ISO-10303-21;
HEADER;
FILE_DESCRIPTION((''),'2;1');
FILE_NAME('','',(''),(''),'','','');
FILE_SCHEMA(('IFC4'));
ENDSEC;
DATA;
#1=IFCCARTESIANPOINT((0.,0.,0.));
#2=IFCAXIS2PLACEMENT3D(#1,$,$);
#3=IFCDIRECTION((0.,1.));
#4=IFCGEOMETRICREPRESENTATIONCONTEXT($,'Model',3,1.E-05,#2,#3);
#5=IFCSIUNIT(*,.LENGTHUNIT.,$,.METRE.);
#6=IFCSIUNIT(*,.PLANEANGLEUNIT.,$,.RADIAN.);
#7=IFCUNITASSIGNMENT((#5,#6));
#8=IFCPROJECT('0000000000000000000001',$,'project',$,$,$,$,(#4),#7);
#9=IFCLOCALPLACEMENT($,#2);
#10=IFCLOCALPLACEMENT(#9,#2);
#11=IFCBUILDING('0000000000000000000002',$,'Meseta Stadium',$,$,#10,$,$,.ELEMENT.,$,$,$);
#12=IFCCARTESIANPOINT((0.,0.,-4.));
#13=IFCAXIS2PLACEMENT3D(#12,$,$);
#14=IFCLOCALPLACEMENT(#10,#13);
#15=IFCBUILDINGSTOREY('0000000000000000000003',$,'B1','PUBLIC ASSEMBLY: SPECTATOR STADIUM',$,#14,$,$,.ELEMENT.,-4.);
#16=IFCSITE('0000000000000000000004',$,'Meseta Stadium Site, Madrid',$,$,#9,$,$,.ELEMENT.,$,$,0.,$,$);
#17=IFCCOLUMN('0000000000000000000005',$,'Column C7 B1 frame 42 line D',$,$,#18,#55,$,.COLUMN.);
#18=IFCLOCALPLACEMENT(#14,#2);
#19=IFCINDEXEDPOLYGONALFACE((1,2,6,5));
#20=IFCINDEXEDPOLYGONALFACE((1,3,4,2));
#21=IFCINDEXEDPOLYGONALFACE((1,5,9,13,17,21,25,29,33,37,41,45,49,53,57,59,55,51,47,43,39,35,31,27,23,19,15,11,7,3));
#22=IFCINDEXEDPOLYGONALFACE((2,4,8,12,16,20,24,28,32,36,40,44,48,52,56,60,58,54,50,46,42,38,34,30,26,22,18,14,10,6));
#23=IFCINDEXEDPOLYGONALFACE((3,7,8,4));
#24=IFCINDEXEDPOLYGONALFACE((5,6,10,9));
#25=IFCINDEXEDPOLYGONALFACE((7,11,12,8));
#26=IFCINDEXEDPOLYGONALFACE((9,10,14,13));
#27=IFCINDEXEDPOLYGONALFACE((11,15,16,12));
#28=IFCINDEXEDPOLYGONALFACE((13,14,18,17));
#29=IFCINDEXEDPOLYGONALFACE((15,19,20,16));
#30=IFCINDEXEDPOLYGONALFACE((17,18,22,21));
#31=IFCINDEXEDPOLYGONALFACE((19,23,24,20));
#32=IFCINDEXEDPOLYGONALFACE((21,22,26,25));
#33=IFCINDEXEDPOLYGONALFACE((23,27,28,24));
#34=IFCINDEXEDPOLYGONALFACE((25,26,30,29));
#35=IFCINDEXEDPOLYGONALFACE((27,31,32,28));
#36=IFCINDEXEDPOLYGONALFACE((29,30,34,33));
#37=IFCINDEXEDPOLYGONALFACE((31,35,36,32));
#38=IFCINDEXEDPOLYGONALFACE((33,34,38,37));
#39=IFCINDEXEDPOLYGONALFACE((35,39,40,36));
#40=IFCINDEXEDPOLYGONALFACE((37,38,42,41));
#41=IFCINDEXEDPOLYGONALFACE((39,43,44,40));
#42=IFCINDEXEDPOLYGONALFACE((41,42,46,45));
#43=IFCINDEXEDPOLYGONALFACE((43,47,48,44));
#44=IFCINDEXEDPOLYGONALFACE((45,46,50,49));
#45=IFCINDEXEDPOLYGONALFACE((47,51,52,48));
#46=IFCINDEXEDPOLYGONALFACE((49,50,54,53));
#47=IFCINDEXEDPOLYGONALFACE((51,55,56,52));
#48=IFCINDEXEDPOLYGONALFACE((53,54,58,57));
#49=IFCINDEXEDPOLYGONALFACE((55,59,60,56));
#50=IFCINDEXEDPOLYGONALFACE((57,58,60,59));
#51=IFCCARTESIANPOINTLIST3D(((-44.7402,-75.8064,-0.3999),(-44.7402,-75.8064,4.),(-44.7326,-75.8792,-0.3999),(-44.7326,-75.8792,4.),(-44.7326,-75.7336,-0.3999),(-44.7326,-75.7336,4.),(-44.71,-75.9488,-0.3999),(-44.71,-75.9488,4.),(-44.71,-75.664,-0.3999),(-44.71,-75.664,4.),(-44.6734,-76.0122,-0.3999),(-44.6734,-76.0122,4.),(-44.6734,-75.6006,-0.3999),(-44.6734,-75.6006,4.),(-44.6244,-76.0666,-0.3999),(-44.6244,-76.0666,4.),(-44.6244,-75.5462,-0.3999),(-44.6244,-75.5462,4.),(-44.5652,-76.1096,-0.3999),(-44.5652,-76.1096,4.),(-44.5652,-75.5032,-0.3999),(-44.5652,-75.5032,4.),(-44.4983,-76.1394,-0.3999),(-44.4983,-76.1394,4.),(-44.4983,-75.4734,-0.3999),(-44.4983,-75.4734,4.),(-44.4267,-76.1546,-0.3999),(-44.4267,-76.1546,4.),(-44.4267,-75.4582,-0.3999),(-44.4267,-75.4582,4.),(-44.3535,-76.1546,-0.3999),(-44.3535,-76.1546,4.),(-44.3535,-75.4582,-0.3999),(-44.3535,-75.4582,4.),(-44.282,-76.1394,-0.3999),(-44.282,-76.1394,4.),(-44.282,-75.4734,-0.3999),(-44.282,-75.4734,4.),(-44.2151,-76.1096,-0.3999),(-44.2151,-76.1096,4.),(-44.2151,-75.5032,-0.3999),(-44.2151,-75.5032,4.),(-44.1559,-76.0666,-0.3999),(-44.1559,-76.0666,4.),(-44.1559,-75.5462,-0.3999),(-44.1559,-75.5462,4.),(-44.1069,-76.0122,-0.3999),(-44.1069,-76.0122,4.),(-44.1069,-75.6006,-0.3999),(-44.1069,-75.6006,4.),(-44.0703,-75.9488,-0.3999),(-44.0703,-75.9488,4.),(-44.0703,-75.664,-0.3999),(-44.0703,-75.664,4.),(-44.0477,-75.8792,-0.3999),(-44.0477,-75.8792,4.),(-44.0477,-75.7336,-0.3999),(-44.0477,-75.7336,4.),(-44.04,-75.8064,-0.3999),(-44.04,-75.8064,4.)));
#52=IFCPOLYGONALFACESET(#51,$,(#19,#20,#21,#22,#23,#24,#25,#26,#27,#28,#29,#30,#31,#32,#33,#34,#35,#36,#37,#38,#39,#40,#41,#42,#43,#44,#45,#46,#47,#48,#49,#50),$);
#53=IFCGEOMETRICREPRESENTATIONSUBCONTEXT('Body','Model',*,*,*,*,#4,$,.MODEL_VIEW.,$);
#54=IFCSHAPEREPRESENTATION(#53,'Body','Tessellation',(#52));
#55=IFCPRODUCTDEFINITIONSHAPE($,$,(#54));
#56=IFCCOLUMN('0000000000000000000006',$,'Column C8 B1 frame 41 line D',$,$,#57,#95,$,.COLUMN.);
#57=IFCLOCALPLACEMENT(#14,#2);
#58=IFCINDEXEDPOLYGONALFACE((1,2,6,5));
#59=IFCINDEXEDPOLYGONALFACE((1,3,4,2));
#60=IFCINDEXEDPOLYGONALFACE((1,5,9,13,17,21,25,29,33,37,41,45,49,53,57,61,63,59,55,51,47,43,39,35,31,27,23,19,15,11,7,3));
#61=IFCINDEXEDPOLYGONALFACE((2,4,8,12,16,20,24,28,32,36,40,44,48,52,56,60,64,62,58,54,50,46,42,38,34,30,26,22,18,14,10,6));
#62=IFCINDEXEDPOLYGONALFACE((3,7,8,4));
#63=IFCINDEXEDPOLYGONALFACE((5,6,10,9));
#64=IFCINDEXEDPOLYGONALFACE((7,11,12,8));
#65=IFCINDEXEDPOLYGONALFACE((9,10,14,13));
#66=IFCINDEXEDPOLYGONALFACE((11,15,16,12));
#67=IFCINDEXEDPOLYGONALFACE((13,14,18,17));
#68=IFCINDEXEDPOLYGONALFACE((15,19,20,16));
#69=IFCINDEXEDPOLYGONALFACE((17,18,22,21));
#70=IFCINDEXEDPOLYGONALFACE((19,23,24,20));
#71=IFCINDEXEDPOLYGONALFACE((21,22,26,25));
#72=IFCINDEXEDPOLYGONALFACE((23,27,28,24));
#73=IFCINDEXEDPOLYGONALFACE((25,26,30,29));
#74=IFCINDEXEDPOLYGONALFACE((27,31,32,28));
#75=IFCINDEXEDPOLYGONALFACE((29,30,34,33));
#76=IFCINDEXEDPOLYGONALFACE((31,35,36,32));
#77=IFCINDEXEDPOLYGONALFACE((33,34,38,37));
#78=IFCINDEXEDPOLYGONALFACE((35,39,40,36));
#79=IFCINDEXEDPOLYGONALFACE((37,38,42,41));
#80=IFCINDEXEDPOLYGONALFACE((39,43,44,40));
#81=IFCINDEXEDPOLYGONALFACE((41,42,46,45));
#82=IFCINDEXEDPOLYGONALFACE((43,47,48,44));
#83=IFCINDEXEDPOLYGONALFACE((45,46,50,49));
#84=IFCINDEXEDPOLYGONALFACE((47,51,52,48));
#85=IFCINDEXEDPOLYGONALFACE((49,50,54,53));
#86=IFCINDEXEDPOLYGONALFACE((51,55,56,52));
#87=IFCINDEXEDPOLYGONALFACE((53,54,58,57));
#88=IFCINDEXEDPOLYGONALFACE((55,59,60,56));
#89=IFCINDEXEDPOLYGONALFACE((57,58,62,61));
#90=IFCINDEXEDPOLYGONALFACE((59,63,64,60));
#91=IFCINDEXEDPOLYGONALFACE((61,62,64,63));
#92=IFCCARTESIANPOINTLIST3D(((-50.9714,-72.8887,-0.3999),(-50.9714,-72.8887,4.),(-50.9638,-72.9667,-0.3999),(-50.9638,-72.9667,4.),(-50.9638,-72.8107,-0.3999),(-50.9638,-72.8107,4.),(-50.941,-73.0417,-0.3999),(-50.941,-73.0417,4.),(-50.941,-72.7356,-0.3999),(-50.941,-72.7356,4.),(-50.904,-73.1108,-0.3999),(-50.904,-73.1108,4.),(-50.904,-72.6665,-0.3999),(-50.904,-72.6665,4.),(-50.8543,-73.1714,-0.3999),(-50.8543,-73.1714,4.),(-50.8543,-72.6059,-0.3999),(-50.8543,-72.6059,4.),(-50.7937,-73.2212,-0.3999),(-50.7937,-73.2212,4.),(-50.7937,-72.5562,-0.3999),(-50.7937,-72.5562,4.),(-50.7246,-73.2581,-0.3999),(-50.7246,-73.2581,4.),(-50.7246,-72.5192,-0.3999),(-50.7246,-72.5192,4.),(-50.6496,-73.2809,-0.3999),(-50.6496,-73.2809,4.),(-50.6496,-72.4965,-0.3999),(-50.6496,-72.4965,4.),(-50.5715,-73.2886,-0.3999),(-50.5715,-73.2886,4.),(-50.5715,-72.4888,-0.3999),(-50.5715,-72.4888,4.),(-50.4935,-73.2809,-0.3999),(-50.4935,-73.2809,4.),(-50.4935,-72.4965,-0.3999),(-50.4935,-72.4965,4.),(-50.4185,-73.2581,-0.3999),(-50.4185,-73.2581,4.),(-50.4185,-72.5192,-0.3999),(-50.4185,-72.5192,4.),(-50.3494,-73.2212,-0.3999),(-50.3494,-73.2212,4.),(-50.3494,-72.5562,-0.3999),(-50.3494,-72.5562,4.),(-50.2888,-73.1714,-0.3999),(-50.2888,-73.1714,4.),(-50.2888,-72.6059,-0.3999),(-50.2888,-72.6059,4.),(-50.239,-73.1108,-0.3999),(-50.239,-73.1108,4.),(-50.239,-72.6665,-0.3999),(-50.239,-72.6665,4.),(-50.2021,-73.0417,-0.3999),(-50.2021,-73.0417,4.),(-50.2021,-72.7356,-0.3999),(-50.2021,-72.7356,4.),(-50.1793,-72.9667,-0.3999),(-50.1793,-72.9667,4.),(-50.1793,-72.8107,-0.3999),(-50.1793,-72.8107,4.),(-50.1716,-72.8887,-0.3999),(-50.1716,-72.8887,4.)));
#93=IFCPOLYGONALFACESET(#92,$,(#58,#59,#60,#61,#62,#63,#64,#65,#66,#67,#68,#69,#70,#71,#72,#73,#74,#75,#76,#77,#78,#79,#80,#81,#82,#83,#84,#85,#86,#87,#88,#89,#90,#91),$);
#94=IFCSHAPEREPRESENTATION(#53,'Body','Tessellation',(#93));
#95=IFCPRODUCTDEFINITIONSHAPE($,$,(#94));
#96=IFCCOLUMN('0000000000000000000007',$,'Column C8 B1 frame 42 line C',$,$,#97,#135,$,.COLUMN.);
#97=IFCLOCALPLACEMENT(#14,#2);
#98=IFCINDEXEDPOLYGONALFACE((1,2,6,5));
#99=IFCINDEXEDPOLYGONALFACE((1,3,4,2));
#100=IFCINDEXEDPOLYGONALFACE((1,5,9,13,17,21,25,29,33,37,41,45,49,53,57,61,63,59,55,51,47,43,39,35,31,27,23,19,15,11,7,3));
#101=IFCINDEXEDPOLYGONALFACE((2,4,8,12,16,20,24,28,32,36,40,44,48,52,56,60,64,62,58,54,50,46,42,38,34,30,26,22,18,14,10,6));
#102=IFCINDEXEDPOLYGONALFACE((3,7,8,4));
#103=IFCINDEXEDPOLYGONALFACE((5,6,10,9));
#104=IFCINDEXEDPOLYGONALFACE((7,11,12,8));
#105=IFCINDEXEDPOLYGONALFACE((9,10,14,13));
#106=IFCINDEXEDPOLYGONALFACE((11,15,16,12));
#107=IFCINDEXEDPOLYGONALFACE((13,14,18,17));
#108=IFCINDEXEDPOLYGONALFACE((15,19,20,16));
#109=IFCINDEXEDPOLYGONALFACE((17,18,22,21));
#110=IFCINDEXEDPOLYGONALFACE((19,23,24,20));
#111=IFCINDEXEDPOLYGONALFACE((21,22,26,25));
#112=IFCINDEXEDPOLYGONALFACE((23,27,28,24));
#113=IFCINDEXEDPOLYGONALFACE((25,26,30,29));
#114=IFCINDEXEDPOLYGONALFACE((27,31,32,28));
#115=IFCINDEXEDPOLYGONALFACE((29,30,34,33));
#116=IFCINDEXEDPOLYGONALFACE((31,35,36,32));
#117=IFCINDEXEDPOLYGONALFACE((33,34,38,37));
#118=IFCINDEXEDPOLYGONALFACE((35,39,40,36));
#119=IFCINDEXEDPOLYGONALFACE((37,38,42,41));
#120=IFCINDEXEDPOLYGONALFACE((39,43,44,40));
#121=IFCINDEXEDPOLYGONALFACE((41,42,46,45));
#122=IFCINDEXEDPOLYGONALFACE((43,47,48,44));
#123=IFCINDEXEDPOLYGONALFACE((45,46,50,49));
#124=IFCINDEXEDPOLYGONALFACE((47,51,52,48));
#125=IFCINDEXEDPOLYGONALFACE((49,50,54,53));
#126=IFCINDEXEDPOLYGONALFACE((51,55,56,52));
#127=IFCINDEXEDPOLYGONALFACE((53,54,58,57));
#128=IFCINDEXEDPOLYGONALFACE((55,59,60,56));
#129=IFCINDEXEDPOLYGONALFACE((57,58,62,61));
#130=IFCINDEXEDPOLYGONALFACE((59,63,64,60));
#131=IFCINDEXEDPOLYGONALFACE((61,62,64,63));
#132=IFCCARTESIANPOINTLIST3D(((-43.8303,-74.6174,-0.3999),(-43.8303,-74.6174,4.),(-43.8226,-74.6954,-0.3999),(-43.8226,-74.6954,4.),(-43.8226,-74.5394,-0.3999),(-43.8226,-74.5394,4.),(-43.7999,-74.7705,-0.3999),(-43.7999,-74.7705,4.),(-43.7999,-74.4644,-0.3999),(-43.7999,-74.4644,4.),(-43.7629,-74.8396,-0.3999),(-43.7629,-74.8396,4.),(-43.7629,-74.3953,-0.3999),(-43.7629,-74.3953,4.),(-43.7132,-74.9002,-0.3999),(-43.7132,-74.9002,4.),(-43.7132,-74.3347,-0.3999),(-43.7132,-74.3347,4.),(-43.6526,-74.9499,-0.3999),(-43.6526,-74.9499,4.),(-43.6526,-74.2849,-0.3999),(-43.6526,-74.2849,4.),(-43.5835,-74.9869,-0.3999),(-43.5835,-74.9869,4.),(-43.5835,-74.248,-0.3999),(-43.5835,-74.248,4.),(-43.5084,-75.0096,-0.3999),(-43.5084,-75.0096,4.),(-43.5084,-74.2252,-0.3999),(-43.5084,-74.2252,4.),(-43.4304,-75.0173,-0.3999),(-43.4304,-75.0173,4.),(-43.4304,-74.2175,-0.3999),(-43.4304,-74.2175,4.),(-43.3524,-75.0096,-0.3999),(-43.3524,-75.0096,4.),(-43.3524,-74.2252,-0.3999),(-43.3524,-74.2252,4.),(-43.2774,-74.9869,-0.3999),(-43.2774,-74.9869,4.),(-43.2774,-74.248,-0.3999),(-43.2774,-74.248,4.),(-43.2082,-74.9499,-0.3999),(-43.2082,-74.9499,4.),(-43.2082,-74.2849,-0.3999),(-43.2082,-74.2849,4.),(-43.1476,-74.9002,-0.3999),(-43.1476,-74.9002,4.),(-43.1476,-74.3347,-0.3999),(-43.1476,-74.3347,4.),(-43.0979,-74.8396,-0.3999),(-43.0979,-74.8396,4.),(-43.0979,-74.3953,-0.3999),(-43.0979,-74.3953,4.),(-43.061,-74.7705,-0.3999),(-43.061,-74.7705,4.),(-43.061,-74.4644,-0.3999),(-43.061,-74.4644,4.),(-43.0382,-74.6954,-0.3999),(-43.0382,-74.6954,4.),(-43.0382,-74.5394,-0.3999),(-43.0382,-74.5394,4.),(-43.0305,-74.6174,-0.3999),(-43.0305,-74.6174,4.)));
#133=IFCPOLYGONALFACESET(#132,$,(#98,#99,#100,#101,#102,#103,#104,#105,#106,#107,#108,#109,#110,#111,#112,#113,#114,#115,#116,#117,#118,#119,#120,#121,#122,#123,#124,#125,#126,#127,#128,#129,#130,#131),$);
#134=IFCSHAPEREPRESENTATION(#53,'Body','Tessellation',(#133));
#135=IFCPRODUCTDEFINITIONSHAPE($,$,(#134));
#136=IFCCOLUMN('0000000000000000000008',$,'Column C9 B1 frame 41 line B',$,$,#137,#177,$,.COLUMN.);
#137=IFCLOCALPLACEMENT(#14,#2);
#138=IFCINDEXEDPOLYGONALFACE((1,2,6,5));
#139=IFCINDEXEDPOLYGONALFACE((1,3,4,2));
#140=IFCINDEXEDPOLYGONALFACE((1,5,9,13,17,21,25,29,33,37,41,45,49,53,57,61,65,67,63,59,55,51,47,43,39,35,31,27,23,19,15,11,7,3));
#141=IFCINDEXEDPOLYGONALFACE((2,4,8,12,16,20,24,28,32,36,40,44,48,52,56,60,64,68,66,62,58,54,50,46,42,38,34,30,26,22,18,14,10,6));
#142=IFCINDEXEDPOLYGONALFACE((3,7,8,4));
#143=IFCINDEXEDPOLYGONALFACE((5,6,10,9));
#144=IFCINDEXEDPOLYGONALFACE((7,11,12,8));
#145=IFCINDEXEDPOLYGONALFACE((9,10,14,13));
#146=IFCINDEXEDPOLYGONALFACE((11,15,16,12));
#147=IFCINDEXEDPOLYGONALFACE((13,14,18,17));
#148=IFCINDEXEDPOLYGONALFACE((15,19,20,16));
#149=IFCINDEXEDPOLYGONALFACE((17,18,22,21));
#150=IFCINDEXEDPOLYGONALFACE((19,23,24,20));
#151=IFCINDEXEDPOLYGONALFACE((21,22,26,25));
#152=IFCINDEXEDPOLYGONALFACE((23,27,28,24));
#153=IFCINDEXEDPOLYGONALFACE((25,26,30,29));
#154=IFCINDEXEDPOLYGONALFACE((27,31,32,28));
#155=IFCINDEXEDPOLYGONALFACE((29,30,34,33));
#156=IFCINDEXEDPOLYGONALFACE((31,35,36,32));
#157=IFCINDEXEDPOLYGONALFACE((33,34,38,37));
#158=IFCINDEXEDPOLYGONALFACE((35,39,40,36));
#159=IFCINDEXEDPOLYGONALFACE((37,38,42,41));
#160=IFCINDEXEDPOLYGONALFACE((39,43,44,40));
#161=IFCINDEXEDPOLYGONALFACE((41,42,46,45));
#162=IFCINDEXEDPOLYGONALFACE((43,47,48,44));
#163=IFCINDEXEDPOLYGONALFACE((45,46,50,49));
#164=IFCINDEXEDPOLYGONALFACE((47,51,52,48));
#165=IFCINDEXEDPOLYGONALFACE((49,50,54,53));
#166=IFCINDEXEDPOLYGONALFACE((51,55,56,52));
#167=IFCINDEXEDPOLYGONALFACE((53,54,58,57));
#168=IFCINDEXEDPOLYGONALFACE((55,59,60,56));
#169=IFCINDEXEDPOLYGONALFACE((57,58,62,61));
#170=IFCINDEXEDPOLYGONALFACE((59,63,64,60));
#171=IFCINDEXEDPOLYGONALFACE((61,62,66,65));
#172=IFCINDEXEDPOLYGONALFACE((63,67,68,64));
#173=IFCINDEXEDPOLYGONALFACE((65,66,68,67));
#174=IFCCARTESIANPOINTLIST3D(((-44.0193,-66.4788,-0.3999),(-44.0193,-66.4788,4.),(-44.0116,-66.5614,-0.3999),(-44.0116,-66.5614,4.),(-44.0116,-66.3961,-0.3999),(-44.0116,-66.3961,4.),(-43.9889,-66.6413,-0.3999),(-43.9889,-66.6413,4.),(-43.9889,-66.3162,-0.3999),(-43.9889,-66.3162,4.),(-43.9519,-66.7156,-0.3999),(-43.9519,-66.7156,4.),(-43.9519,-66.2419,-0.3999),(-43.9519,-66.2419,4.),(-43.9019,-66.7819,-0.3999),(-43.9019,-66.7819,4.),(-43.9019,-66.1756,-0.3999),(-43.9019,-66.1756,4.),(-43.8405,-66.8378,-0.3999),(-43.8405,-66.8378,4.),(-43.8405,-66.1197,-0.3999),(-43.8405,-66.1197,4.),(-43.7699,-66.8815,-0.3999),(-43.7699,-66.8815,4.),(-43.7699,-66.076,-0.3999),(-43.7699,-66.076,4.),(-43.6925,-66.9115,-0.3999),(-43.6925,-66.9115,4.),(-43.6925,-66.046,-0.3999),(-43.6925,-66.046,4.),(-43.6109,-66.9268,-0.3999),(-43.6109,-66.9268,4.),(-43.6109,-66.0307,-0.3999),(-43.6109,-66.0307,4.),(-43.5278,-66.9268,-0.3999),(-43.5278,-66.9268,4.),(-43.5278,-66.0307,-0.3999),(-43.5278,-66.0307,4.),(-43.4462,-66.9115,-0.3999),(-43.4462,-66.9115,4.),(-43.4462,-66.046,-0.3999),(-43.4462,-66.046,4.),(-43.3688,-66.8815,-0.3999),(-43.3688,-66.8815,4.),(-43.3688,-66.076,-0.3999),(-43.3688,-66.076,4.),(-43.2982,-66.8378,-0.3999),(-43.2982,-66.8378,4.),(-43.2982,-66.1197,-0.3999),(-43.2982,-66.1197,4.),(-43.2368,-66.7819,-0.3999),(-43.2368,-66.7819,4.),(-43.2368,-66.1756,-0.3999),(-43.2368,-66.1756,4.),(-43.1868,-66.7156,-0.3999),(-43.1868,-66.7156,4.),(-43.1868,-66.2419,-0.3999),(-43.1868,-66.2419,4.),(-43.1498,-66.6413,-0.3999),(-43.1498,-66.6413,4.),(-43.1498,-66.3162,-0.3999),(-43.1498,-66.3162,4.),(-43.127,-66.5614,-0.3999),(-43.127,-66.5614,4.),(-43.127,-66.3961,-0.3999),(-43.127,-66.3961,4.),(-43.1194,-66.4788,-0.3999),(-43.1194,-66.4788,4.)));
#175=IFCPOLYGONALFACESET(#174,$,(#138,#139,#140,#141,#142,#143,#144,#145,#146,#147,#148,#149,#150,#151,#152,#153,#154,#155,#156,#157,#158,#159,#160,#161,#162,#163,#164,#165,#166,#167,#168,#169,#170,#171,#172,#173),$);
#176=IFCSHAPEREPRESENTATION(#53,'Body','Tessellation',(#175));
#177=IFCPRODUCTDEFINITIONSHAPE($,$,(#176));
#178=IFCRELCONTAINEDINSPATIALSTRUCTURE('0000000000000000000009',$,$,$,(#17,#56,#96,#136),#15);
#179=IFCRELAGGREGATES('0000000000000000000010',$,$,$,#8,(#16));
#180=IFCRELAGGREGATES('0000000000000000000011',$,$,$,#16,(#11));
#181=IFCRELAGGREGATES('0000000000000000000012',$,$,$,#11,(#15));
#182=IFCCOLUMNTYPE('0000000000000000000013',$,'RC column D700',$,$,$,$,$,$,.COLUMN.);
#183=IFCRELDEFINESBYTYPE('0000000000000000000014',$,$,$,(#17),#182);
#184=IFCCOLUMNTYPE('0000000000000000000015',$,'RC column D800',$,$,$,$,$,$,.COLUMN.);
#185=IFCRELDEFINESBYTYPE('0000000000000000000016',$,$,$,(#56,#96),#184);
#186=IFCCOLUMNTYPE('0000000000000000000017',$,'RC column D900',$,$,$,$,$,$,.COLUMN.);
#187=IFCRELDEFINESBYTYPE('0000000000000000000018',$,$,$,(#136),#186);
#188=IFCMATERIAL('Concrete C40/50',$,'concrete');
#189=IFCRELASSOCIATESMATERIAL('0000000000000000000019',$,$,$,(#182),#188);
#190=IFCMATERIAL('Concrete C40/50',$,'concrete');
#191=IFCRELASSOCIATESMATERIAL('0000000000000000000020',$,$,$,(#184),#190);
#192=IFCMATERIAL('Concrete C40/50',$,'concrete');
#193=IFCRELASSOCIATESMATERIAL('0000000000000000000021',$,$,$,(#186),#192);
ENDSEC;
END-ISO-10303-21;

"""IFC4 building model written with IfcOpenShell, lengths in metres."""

from ifc_helpers import new_model, si_unit, direction, frame, origin, origin_2d, place, context, subcontext, project, spatial, circle, extrude, material, material_profile, profile_set, type_object, element, save


model = new_model("IFC4")

# Units and contexts
model_context = context("Model", 3, precision=1e-05, world=origin(), true_north=direction((0.0, 1.0)))
body_context = subcontext(model_context, "Body", "Model", "MODEL_VIEW")
ifc_project = project(units=[si_unit("LENGTHUNIT", "METRE"), si_unit("PLANEANGLEUNIT", "RADIAN")], contexts=[model_context])

# Site, building, storey
site_placement = place(None, origin())
site = spatial("IfcSite", under=ifc_project, at=site_placement, Name="Meseta Stadium Site, Madrid", CompositionType="ELEMENT", RefElevation=0.0)
building_placement = place(site_placement, origin())
building = spatial("IfcBuilding", under=site, at=building_placement, Name="Meseta Stadium", CompositionType="ELEMENT")
storey_placement = place(building_placement, frame((0.0, 0.0, -4.0)))
storey = spatial("IfcBuildingStorey", under=building, at=storey_placement, Name="B1", Description="PUBLIC ASSEMBLY: SPECTATOR STADIUM", CompositionType="ELEMENT", Elevation=-4.0)

# Columns
ifc_material_1 = material(Name="Concrete C40/50", Category="concrete")
ifc_material_profile_1 = material_profile(ifc_material_1, circle(Radius=0.3501, at=origin_2d()), Name="RC D700")
ifc_profile_set_1 = profile_set([ifc_material_profile_1], Name="Concrete C40/50")
column_type_1 = type_object("IfcColumnType", Name="RC column D700", PredefinedType="COLUMN", material=ifc_profile_set_1)
column_placement = place(storey_placement, frame((-44.3901, -75.8064, -0.3999), z_axis=(0.0, 0.0, 1.0), x_axis=(1.0, 0.0, 0.0)))
element("IfcColumn", 1, at=column_placement, inside=storey, type_object=column_type_1, Name="Column C7 B1 frame 42 line D", PredefinedType="COLUMN", context=body_context, shape_type="SweptSolid", body=[
    extrude(circle(Radius=0.3501, at=origin_2d()), origin(), (0.0, 0.0, 1.0), 4.3999),
])
ifc_material_2 = material(Name="Concrete C40/50", Category="concrete")
ifc_material_profile_2 = material_profile(ifc_material_2, circle(Radius=0.3999, at=origin_2d()), Name="RC D800")
ifc_profile_set_2 = profile_set([ifc_material_profile_2], Name="Concrete C40/50")
column_type_2 = type_object("IfcColumnType", Name="RC column D800", PredefinedType="COLUMN", material=ifc_profile_set_2)
for number, where, z_axis, x_axis, name in (
    (2, (-50.5715, -72.8887, -0.3999), (0.0, 0.0, 1.0), (1.0, 0.0, 0.0), "Column C8 B1 frame 41 line D"),
    (3, (-43.4304, -74.6174, -0.3999), (0.0, 0.0, 1.0), (1.0, 0.0, 0.0), "Column C8 B1 frame 42 line C"),
):
    element("IfcColumn", number, at=place(storey_placement, frame(where, z_axis=z_axis, x_axis=x_axis)), inside=storey, type_object=column_type_2, Name=name, PredefinedType="COLUMN", context=body_context, shape_type="SweptSolid", body=[
        extrude(circle(Radius=0.3999, at=origin_2d()), origin(), (0.0, 0.0, 1.0), 4.3999),
    ])
ifc_material_3 = material(Name="Concrete C40/50", Category="concrete")
ifc_material_profile_3 = material_profile(ifc_material_3, circle(Radius=0.45, at=origin_2d()), Name="RC D900")
ifc_profile_set_3 = profile_set([ifc_material_profile_3], Name="Concrete C40/50")
column_type_3 = type_object("IfcColumnType", Name="RC column D900", PredefinedType="COLUMN", material=ifc_profile_set_3)
for number, where, z_axis, x_axis, name in (
    (4, (-43.5693, -66.4788, -0.3999), (0.0, 0.0, 1.0), (1.0, 0.0, 0.0), "Column C9 B1 frame 41 line B"),
):
    element("IfcColumn", number, at=place(storey_placement, frame(where, z_axis=z_axis, x_axis=x_axis)), inside=storey, type_object=column_type_3, Name=name, PredefinedType="COLUMN", context=body_context, shape_type="SweptSolid", body=[
        extrude(circle(Radius=0.45, at=origin_2d()), origin(), (0.0, 0.0, 1.0), 4.3999),
    ])

save(model, "model.ifc")
